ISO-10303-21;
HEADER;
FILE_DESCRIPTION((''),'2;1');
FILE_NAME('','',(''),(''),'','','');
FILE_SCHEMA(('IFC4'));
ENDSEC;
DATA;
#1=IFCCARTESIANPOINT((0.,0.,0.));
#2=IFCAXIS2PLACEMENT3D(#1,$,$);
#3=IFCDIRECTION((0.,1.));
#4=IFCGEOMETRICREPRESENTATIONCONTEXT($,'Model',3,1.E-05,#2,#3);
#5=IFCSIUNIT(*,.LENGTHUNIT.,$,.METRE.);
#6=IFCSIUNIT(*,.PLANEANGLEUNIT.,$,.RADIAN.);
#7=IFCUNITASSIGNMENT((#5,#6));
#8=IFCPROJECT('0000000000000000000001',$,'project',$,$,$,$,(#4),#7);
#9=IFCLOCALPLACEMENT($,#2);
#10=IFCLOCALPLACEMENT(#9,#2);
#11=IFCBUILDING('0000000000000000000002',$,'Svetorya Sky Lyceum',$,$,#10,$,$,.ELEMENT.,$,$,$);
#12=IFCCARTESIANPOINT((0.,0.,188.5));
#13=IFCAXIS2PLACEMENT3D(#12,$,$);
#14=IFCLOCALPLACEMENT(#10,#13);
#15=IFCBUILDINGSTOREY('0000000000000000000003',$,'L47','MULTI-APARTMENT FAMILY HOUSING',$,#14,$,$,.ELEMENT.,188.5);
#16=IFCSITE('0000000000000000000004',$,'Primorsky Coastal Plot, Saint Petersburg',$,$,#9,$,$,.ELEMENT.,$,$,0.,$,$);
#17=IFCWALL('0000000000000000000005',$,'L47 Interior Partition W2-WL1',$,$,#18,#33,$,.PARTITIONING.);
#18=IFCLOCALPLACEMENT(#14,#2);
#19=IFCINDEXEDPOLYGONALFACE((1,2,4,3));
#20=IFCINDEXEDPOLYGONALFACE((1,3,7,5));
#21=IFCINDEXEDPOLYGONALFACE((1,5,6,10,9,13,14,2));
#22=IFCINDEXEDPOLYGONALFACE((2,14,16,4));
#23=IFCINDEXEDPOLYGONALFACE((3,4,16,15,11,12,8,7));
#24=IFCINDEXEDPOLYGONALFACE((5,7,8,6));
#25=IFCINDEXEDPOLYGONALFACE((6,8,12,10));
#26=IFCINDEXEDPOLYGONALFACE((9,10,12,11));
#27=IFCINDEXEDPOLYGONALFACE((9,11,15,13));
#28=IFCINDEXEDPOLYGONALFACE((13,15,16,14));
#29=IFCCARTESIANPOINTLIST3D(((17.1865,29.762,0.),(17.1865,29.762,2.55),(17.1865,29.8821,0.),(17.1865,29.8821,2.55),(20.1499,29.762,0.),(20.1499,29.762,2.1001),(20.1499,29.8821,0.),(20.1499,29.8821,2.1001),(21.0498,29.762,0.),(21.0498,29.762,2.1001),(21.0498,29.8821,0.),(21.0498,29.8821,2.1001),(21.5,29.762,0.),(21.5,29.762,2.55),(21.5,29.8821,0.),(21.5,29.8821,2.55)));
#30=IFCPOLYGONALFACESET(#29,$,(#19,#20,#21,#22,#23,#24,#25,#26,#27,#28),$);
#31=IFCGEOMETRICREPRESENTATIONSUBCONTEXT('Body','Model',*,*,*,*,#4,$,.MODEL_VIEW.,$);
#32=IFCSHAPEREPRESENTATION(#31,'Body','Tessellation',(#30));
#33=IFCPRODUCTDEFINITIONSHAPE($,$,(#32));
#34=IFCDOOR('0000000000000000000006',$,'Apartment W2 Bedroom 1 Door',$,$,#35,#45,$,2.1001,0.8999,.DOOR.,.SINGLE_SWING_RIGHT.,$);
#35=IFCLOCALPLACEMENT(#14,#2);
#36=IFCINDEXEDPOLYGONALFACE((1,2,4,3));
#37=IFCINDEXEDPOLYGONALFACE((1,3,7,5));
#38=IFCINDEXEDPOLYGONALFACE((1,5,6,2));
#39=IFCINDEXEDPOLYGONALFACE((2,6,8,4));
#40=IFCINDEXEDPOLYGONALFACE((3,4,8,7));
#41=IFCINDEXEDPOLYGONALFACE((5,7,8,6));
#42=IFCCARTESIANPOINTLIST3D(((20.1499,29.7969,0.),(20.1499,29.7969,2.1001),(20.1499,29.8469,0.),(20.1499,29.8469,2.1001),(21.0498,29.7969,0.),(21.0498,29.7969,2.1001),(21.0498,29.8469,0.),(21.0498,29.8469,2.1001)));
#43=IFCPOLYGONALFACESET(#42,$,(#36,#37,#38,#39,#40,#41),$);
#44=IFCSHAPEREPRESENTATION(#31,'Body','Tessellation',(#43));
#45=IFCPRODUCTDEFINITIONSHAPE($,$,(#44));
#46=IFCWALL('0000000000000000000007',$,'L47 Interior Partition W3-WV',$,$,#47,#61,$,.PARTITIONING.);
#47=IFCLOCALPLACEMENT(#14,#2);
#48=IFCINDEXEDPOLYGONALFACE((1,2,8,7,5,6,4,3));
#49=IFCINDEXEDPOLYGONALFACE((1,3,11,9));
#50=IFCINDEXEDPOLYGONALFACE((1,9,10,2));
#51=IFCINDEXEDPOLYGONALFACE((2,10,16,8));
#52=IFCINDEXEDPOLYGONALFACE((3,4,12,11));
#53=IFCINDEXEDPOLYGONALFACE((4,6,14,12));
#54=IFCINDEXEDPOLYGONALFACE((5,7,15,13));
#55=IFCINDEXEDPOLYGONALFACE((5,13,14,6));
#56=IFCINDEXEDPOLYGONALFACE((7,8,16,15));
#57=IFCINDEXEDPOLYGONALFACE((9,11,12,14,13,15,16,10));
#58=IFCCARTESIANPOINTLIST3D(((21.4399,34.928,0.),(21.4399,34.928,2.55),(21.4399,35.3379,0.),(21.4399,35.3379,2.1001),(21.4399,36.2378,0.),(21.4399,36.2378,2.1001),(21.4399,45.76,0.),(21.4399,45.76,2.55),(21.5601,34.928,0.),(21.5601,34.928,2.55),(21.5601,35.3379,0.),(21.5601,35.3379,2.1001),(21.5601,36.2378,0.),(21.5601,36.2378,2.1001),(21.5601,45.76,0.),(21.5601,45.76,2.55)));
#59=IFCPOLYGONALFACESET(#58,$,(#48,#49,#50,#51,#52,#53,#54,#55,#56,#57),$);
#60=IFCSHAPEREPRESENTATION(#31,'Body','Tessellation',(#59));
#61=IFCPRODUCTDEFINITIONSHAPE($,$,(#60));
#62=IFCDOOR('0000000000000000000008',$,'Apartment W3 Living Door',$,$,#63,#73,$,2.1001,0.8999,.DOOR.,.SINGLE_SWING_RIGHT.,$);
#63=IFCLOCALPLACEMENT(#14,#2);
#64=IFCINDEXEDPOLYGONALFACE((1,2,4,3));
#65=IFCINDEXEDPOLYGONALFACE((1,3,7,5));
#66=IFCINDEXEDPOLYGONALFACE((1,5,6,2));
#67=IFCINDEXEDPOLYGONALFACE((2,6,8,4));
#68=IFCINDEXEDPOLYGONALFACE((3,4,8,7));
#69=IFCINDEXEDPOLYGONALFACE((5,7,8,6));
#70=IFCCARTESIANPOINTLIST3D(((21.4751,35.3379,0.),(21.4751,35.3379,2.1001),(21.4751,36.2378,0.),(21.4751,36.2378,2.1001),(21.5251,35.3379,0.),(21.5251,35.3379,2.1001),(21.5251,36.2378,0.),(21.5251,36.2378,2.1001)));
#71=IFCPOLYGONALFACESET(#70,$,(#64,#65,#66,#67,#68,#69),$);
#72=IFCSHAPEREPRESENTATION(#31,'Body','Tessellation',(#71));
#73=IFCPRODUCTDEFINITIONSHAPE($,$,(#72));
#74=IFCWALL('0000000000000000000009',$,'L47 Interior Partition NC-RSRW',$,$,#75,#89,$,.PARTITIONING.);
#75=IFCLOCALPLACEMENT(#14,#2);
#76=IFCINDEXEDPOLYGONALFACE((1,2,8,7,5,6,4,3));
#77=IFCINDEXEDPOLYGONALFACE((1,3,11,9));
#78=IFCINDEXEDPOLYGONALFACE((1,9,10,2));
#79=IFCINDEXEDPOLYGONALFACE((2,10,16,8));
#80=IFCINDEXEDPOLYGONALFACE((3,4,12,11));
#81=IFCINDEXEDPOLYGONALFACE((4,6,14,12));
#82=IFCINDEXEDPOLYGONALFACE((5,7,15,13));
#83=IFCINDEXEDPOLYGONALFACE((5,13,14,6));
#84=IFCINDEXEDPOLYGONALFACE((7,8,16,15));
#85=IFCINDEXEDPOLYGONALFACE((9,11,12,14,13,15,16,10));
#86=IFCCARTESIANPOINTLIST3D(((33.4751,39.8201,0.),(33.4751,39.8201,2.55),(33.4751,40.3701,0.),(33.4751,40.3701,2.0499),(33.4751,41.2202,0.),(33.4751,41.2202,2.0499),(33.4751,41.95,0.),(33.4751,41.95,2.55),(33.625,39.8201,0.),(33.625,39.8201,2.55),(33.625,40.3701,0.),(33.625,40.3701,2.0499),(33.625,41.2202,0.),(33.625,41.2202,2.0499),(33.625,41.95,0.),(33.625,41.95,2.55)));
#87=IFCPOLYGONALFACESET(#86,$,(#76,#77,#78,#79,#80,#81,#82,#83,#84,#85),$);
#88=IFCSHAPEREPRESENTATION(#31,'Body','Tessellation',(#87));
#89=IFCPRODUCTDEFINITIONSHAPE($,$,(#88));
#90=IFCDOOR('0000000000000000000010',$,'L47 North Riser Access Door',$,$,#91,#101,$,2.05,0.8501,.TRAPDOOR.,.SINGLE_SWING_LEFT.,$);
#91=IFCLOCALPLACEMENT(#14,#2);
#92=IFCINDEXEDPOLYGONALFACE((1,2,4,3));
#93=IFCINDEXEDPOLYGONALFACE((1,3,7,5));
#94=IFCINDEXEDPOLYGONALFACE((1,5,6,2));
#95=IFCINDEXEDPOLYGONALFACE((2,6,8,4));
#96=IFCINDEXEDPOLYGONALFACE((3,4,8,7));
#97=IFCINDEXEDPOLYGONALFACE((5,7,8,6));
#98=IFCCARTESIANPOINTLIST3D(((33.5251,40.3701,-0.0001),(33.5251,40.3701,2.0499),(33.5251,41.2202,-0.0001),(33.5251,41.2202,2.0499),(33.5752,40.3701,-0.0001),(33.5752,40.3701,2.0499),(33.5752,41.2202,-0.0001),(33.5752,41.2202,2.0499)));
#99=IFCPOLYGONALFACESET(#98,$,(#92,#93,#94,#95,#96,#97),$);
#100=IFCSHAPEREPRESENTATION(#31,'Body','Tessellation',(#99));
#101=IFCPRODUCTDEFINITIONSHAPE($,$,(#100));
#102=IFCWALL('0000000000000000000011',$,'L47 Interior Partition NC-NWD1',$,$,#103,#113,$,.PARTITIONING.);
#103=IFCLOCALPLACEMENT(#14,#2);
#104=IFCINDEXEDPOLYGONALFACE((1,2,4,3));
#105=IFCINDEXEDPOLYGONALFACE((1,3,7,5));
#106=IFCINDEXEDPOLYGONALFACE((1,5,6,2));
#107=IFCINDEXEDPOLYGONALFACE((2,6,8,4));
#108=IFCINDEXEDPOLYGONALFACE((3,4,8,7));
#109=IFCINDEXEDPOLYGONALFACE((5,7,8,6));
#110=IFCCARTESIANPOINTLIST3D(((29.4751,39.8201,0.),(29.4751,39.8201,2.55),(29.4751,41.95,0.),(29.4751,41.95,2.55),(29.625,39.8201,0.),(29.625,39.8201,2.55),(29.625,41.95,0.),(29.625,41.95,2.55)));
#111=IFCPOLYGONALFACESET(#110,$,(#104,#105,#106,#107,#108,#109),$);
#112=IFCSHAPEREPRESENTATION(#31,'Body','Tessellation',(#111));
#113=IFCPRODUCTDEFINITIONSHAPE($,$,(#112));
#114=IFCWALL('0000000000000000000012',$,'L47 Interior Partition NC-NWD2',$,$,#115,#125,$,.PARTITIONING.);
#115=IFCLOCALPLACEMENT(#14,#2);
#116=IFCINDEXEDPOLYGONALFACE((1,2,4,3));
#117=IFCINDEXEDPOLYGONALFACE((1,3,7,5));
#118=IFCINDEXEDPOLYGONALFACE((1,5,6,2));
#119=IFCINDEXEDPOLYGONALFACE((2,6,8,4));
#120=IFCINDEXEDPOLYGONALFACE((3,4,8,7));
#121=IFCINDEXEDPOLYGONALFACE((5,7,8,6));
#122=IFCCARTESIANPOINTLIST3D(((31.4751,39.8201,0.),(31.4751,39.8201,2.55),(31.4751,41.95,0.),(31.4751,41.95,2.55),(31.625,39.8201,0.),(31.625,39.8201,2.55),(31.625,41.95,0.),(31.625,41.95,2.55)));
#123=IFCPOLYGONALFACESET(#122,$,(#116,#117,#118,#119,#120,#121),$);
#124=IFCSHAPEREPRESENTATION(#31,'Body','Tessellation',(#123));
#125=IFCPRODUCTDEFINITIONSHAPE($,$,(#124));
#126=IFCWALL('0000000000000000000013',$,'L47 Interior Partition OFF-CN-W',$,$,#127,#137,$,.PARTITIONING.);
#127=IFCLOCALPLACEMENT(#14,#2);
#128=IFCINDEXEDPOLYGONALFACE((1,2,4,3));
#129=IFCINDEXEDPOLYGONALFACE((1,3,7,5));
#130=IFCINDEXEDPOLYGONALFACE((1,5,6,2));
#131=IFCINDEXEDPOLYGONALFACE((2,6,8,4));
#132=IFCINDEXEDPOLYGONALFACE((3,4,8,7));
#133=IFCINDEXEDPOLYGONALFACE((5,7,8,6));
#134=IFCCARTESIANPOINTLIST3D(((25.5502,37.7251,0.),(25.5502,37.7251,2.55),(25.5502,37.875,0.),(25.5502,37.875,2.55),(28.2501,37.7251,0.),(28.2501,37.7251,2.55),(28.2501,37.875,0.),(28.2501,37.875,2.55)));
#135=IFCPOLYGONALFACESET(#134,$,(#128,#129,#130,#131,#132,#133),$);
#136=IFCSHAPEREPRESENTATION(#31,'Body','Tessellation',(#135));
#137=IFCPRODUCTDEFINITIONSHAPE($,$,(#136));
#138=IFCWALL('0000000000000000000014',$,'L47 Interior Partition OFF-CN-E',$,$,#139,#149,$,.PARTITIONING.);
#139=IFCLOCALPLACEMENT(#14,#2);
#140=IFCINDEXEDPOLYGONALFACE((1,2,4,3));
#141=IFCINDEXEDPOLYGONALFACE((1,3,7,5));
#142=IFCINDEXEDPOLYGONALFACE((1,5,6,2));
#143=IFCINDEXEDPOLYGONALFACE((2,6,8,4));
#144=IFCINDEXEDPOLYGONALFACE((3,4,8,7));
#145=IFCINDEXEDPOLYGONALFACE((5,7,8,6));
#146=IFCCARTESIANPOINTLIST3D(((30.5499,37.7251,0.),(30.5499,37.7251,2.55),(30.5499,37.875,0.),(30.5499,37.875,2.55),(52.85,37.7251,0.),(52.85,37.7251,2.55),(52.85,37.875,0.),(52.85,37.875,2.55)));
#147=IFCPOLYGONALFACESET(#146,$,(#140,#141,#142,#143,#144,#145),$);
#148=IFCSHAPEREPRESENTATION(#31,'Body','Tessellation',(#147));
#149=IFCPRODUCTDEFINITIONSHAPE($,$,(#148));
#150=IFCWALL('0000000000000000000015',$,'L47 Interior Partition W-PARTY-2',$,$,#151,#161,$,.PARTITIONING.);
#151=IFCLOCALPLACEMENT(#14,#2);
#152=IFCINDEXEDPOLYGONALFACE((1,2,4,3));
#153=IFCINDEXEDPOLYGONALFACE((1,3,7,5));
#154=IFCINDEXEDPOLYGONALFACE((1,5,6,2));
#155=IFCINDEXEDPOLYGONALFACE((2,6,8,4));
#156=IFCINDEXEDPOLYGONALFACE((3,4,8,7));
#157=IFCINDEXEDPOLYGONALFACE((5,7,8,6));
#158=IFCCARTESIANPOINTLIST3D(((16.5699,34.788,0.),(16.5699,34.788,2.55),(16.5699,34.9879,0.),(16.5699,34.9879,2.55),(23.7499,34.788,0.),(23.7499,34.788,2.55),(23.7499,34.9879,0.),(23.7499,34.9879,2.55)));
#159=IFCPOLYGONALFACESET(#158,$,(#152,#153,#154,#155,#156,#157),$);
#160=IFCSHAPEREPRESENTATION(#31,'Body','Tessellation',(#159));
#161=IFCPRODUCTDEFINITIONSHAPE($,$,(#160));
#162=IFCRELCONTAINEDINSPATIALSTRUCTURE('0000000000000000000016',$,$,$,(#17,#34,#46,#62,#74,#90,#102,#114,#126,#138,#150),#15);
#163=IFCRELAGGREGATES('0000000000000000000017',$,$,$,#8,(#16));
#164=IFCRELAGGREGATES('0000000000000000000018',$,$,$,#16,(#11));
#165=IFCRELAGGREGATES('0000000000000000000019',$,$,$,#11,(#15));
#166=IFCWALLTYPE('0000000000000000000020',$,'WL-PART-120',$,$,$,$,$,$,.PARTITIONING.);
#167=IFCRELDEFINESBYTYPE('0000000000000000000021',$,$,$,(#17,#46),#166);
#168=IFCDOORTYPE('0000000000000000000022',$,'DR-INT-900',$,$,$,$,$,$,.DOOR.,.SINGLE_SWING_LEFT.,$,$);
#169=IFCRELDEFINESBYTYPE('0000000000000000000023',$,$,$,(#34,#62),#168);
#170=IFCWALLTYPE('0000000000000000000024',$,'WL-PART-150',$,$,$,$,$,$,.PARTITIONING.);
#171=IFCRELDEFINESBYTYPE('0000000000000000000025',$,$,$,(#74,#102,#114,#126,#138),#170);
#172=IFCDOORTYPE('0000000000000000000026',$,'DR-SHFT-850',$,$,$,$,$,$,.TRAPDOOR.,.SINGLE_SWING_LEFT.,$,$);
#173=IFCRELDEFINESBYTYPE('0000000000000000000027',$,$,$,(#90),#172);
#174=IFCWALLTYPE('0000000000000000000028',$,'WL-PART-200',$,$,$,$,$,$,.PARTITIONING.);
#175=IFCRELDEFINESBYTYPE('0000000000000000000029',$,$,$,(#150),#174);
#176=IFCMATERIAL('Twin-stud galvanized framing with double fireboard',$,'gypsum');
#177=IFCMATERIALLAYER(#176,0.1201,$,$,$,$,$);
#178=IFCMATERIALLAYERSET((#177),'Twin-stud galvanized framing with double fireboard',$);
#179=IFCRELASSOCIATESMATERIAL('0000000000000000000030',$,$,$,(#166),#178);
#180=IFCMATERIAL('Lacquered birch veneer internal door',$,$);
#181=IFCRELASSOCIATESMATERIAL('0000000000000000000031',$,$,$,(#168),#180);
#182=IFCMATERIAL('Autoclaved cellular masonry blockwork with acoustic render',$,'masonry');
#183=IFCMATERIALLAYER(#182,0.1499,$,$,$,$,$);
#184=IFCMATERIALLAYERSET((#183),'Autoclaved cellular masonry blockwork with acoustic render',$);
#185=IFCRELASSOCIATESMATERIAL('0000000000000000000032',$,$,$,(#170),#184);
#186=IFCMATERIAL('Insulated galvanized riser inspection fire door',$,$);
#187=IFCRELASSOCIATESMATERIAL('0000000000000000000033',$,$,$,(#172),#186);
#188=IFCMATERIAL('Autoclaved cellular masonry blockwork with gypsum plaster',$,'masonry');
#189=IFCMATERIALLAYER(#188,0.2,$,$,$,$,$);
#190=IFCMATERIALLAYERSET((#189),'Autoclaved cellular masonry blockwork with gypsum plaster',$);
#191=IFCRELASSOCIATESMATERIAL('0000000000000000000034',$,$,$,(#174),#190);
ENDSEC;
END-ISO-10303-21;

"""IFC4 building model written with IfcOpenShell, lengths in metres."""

from ifc_helpers import new_model, si_unit, direction, frame, frame_2d, origin, place, context, subcontext, project, spatial, rectangle, extrude, material, layer, layer_set, type_object, element, fill, save


model = new_model("IFC4")

# Units and contexts
model_context = context("Model", 3, precision=1e-05, world=origin(), true_north=direction((0.0, 1.0)))
body_context = subcontext(model_context, "Body", "Model", "MODEL_VIEW")
ifc_project = project(units=[si_unit("LENGTHUNIT", "METRE"), si_unit("PLANEANGLEUNIT", "RADIAN")], contexts=[model_context])

# Site, building, storey
site_placement = place(None, origin())
site = spatial("IfcSite", under=ifc_project, at=site_placement, Name="Primorsky Coastal Plot, Saint Petersburg", CompositionType="ELEMENT", RefElevation=0.0)
building_placement = place(site_placement, origin())
building = spatial("IfcBuilding", under=site, at=building_placement, Name="Svetorya Sky Lyceum", CompositionType="ELEMENT")
storey_placement = place(building_placement, frame((0.0, 0.0, 188.5)))
storey = spatial("IfcBuildingStorey", under=building, at=storey_placement, Name="L47", Description="MULTI-APARTMENT FAMILY HOUSING", CompositionType="ELEMENT", Elevation=188.5)

# Walls, openings, doors
ifc_material_1 = material(Name="Twin-stud galvanized framing with double fireboard", Category="gypsum")
ifc_layer_1 = layer(ifc_material_1, 0.1201)
ifc_layer_set_1 = layer_set([ifc_layer_1], Name="Twin-stud galvanized framing with double fireboard")
wall_type_1 = type_object("IfcWallType", Name="WL-PART-120", PredefinedType="PARTITIONING", material=ifc_layer_set_1)
wall_1_placement = place(storey_placement, frame((17.1865, 29.822, 0.0), z_axis=(0.0, 0.0, 1.0), x_axis=(1.0, 0.0, 0.0)))
wall_1 = element("IfcWall", 1, at=wall_1_placement, inside=storey, type_object=wall_type_1, Name="L47 Interior Partition W2-WL1", PredefinedType="PARTITIONING", context=body_context, shape_type="SweptSolid", body=[
    extrude(rectangle(XDim=4.3135, YDim=0.1201, at=frame_2d((2.1567, 0.0))), origin(), (0.0, 0.0, 1.0), 2.55),
])
opening_1_placement = place(wall_1_placement, frame((2.9634, 0.0, 0.0)))
opening_1 = element("IfcOpeningElement", 2, at=opening_1_placement, cuts=wall_1, PredefinedType="OPENING", context=body_context, shape_type="SweptSolid", body=[
    extrude(rectangle(XDim=0.8999, YDim=2.1001, at=frame_2d((0.45, 1.05))), frame((0.0, 0.0701, 0.0), z_axis=(0.0, -1.0, 0.0), x_axis=(1.0, 0.0, 0.0)), (0.0, 0.0, 1.0), 0.1401),
])
ifc_material_2 = material(Name="Lacquered birch veneer internal door")
door_type_1 = type_object("IfcDoorType", Name="DR-INT-900", OperationType="SINGLE_SWING_LEFT", PredefinedType="DOOR", material=ifc_material_2)
door_1_placement = place(opening_1_placement, origin())
door_1 = element("IfcDoor", 3, at=door_1_placement, inside=storey, type_object=door_type_1, Name="Apartment W2 Bedroom 1 Door", OperationType="SINGLE_SWING_RIGHT", OverallHeight=2.1001, OverallWidth=0.8999, PredefinedType="DOOR", context=body_context, shape_type="SweptSolid", body=[
    extrude(rectangle(XDim=0.8999, YDim=2.1001, at=frame_2d((0.45, 1.05))), frame((0.0, 0.0249, 0.0), z_axis=(0.0, -1.0, 0.0), x_axis=(1.0, 0.0, 0.0)), (0.0, 0.0, 1.0), 0.05),
])
fill(opening_1, door_1)
wall_2_placement = place(storey_placement, frame((21.5, 34.928, 0.0), z_axis=(0.0, 0.0, 1.0), x_axis=(0.0, 1.0, 0.0)))
wall_2 = element("IfcWall", 4, at=wall_2_placement, inside=storey, type_object=wall_type_1, Name="L47 Interior Partition W3-WV", PredefinedType="PARTITIONING", context=body_context, shape_type="SweptSolid", body=[
    extrude(rectangle(XDim=10.832, YDim=0.1201, at=frame_2d((5.416, 0.0))), origin(), (0.0, 0.0, 1.0), 2.55),
])
opening_2_placement = place(wall_2_placement, frame((0.4099, 0.0, 0.0)))
opening_2 = element("IfcOpeningElement", 5, at=opening_2_placement, cuts=wall_2, PredefinedType="OPENING", context=body_context, shape_type="SweptSolid", body=[
    extrude(rectangle(XDim=0.8999, YDim=2.1001, at=frame_2d((0.45, 1.05))), frame((0.0, 0.0701, 0.0), z_axis=(0.0, -1.0, 0.0), x_axis=(1.0, 0.0, 0.0)), (0.0, 0.0, 1.0), 0.1401),
])
door_2_placement = place(opening_2_placement, origin())
door_2 = element("IfcDoor", 6, at=door_2_placement, inside=storey, type_object=door_type_1, Name="Apartment W3 Living Door", OperationType="SINGLE_SWING_RIGHT", OverallHeight=2.1001, OverallWidth=0.8999, PredefinedType="DOOR", context=body_context, shape_type="SweptSolid", body=[
    extrude(rectangle(XDim=0.8999, YDim=2.1001, at=frame_2d((0.45, 1.05))), frame((0.0, 0.0249, 0.0), z_axis=(0.0, -1.0, 0.0), x_axis=(1.0, 0.0, 0.0)), (0.0, 0.0, 1.0), 0.05),
])
fill(opening_2, door_2)
ifc_material_3 = material(Name="Autoclaved cellular masonry blockwork with acoustic render", Category="masonry")
ifc_layer_2 = layer(ifc_material_3, 0.1499)
ifc_layer_set_2 = layer_set([ifc_layer_2], Name="Autoclaved cellular masonry blockwork with acoustic render")
wall_type_2 = type_object("IfcWallType", Name="WL-PART-150", PredefinedType="PARTITIONING", material=ifc_layer_set_2)
wall_3_placement = place(storey_placement, frame((33.55, 39.8201, 0.0), z_axis=(0.0, 0.0, 1.0), x_axis=(0.0, 1.0, 0.0)))
wall_3 = element("IfcWall", 7, at=wall_3_placement, inside=storey, type_object=wall_type_2, Name="L47 Interior Partition NC-RSRW", PredefinedType="PARTITIONING", context=body_context, shape_type="SweptSolid", body=[
    extrude(rectangle(XDim=2.1299, YDim=0.1499, at=frame_2d((1.0649, 0.0))), origin(), (0.0, 0.0, 1.0), 2.55),
])
opening_3_placement = place(wall_3_placement, frame((0.55, 0.0, 0.0)))
opening_3 = element("IfcOpeningElement", 8, at=opening_3_placement, cuts=wall_3, PredefinedType="OPENING", context=body_context, shape_type="SweptSolid", body=[
    extrude(rectangle(XDim=0.8501, YDim=2.05, at=frame_2d((0.425, 1.0249))), frame((0.0, 0.085, 0.0), z_axis=(0.0, -1.0, 0.0), x_axis=(1.0, 0.0, 0.0)), (0.0, 0.0, 1.0), 0.1699),
])
ifc_material_4 = material(Name="Insulated galvanized riser inspection fire door")
door_type_2 = type_object("IfcDoorType", Name="DR-SHFT-850", OperationType="SINGLE_SWING_LEFT", PredefinedType="TRAPDOOR", material=ifc_material_4)
door_3_placement = place(opening_3_placement, origin())
door_3 = element("IfcDoor", 9, at=door_3_placement, inside=storey, type_object=door_type_2, Name="L47 North Riser Access Door", OperationType="SINGLE_SWING_LEFT", OverallHeight=2.05, OverallWidth=0.8501, PredefinedType="TRAPDOOR", context=body_context, shape_type="SweptSolid", body=[
    extrude(rectangle(XDim=0.8501, YDim=2.05, at=frame_2d((0.425, 1.0249))), frame((0.0, 0.0249, 0.0), z_axis=(0.0, -1.0, 0.0), x_axis=(1.0, 0.0, 0.0)), (0.0, 0.0, 1.0), 0.05),
])
fill(opening_3, door_3)

# Walls
for number, where, z_axis, x_axis, name in (
    (10, (29.55, 39.8201, 0.0), (0.0, 0.0, 1.0), (0.0, 1.0, 0.0), "L47 Interior Partition NC-NWD1"),
    (11, (31.55, 39.8201, 0.0), (0.0, 0.0, 1.0), (0.0, 1.0, 0.0), "L47 Interior Partition NC-NWD2"),
):
    element("IfcWall", number, at=place(storey_placement, frame(where, z_axis=z_axis, x_axis=x_axis)), inside=storey, type_object=wall_type_2, Name=name, PredefinedType="PARTITIONING", context=body_context, shape_type="SweptSolid", body=[
        extrude(rectangle(XDim=2.1299, YDim=0.1499, at=frame_2d((1.0649, 0.0))), origin(), (0.0, 0.0, 1.0), 2.55),
    ])
wall_4_placement = place(storey_placement, frame((25.55, 37.8, 0.0), z_axis=(0.0, 0.0, 1.0), x_axis=(1.0, 0.0, 0.0)))
element("IfcWall", 12, at=wall_4_placement, inside=storey, type_object=wall_type_2, Name="L47 Interior Partition OFF-CN-W", PredefinedType="PARTITIONING", context=body_context, shape_type="SweptSolid", body=[
    extrude(rectangle(XDim=2.7, YDim=0.1499, at=frame_2d((1.3501, 0.0))), origin(), (0.0, 0.0, 1.0), 2.55),
])
wall_5_placement = place(storey_placement, frame((30.55, 37.8, 0.0), z_axis=(0.0, 0.0, 1.0), x_axis=(1.0, 0.0, 0.0)))
element("IfcWall", 13, at=wall_5_placement, inside=storey, type_object=wall_type_2, Name="L47 Interior Partition OFF-CN-E", PredefinedType="PARTITIONING", context=body_context, shape_type="SweptSolid", body=[
    extrude(rectangle(XDim=22.3, YDim=0.1499, at=frame_2d((11.1499, 0.0))), origin(), (0.0, 0.0, 1.0), 2.55),
])
ifc_material_5 = material(Name="Autoclaved cellular masonry blockwork with gypsum plaster", Category="masonry")
ifc_layer_3 = layer(ifc_material_5, 0.2)
ifc_layer_set_3 = layer_set([ifc_layer_3], Name="Autoclaved cellular masonry blockwork with gypsum plaster")
wall_type_3 = type_object("IfcWallType", Name="WL-PART-200", PredefinedType="PARTITIONING", material=ifc_layer_set_3)
wall_6_placement = place(storey_placement, frame((16.5701, 34.8879, 0.0), z_axis=(0.0, 0.0, 1.0), x_axis=(1.0, 0.0, 0.0)))
element("IfcWall", 14, at=wall_6_placement, inside=storey, type_object=wall_type_3, Name="L47 Interior Partition W-PARTY-2", PredefinedType="PARTITIONING", context=body_context, shape_type="SweptSolid", body=[
    extrude(rectangle(XDim=7.1799, YDim=0.2, at=frame_2d((3.5898, 0.0))), origin(), (0.0, 0.0, 1.0), 2.55),
])

save(model, "model.ifc")
